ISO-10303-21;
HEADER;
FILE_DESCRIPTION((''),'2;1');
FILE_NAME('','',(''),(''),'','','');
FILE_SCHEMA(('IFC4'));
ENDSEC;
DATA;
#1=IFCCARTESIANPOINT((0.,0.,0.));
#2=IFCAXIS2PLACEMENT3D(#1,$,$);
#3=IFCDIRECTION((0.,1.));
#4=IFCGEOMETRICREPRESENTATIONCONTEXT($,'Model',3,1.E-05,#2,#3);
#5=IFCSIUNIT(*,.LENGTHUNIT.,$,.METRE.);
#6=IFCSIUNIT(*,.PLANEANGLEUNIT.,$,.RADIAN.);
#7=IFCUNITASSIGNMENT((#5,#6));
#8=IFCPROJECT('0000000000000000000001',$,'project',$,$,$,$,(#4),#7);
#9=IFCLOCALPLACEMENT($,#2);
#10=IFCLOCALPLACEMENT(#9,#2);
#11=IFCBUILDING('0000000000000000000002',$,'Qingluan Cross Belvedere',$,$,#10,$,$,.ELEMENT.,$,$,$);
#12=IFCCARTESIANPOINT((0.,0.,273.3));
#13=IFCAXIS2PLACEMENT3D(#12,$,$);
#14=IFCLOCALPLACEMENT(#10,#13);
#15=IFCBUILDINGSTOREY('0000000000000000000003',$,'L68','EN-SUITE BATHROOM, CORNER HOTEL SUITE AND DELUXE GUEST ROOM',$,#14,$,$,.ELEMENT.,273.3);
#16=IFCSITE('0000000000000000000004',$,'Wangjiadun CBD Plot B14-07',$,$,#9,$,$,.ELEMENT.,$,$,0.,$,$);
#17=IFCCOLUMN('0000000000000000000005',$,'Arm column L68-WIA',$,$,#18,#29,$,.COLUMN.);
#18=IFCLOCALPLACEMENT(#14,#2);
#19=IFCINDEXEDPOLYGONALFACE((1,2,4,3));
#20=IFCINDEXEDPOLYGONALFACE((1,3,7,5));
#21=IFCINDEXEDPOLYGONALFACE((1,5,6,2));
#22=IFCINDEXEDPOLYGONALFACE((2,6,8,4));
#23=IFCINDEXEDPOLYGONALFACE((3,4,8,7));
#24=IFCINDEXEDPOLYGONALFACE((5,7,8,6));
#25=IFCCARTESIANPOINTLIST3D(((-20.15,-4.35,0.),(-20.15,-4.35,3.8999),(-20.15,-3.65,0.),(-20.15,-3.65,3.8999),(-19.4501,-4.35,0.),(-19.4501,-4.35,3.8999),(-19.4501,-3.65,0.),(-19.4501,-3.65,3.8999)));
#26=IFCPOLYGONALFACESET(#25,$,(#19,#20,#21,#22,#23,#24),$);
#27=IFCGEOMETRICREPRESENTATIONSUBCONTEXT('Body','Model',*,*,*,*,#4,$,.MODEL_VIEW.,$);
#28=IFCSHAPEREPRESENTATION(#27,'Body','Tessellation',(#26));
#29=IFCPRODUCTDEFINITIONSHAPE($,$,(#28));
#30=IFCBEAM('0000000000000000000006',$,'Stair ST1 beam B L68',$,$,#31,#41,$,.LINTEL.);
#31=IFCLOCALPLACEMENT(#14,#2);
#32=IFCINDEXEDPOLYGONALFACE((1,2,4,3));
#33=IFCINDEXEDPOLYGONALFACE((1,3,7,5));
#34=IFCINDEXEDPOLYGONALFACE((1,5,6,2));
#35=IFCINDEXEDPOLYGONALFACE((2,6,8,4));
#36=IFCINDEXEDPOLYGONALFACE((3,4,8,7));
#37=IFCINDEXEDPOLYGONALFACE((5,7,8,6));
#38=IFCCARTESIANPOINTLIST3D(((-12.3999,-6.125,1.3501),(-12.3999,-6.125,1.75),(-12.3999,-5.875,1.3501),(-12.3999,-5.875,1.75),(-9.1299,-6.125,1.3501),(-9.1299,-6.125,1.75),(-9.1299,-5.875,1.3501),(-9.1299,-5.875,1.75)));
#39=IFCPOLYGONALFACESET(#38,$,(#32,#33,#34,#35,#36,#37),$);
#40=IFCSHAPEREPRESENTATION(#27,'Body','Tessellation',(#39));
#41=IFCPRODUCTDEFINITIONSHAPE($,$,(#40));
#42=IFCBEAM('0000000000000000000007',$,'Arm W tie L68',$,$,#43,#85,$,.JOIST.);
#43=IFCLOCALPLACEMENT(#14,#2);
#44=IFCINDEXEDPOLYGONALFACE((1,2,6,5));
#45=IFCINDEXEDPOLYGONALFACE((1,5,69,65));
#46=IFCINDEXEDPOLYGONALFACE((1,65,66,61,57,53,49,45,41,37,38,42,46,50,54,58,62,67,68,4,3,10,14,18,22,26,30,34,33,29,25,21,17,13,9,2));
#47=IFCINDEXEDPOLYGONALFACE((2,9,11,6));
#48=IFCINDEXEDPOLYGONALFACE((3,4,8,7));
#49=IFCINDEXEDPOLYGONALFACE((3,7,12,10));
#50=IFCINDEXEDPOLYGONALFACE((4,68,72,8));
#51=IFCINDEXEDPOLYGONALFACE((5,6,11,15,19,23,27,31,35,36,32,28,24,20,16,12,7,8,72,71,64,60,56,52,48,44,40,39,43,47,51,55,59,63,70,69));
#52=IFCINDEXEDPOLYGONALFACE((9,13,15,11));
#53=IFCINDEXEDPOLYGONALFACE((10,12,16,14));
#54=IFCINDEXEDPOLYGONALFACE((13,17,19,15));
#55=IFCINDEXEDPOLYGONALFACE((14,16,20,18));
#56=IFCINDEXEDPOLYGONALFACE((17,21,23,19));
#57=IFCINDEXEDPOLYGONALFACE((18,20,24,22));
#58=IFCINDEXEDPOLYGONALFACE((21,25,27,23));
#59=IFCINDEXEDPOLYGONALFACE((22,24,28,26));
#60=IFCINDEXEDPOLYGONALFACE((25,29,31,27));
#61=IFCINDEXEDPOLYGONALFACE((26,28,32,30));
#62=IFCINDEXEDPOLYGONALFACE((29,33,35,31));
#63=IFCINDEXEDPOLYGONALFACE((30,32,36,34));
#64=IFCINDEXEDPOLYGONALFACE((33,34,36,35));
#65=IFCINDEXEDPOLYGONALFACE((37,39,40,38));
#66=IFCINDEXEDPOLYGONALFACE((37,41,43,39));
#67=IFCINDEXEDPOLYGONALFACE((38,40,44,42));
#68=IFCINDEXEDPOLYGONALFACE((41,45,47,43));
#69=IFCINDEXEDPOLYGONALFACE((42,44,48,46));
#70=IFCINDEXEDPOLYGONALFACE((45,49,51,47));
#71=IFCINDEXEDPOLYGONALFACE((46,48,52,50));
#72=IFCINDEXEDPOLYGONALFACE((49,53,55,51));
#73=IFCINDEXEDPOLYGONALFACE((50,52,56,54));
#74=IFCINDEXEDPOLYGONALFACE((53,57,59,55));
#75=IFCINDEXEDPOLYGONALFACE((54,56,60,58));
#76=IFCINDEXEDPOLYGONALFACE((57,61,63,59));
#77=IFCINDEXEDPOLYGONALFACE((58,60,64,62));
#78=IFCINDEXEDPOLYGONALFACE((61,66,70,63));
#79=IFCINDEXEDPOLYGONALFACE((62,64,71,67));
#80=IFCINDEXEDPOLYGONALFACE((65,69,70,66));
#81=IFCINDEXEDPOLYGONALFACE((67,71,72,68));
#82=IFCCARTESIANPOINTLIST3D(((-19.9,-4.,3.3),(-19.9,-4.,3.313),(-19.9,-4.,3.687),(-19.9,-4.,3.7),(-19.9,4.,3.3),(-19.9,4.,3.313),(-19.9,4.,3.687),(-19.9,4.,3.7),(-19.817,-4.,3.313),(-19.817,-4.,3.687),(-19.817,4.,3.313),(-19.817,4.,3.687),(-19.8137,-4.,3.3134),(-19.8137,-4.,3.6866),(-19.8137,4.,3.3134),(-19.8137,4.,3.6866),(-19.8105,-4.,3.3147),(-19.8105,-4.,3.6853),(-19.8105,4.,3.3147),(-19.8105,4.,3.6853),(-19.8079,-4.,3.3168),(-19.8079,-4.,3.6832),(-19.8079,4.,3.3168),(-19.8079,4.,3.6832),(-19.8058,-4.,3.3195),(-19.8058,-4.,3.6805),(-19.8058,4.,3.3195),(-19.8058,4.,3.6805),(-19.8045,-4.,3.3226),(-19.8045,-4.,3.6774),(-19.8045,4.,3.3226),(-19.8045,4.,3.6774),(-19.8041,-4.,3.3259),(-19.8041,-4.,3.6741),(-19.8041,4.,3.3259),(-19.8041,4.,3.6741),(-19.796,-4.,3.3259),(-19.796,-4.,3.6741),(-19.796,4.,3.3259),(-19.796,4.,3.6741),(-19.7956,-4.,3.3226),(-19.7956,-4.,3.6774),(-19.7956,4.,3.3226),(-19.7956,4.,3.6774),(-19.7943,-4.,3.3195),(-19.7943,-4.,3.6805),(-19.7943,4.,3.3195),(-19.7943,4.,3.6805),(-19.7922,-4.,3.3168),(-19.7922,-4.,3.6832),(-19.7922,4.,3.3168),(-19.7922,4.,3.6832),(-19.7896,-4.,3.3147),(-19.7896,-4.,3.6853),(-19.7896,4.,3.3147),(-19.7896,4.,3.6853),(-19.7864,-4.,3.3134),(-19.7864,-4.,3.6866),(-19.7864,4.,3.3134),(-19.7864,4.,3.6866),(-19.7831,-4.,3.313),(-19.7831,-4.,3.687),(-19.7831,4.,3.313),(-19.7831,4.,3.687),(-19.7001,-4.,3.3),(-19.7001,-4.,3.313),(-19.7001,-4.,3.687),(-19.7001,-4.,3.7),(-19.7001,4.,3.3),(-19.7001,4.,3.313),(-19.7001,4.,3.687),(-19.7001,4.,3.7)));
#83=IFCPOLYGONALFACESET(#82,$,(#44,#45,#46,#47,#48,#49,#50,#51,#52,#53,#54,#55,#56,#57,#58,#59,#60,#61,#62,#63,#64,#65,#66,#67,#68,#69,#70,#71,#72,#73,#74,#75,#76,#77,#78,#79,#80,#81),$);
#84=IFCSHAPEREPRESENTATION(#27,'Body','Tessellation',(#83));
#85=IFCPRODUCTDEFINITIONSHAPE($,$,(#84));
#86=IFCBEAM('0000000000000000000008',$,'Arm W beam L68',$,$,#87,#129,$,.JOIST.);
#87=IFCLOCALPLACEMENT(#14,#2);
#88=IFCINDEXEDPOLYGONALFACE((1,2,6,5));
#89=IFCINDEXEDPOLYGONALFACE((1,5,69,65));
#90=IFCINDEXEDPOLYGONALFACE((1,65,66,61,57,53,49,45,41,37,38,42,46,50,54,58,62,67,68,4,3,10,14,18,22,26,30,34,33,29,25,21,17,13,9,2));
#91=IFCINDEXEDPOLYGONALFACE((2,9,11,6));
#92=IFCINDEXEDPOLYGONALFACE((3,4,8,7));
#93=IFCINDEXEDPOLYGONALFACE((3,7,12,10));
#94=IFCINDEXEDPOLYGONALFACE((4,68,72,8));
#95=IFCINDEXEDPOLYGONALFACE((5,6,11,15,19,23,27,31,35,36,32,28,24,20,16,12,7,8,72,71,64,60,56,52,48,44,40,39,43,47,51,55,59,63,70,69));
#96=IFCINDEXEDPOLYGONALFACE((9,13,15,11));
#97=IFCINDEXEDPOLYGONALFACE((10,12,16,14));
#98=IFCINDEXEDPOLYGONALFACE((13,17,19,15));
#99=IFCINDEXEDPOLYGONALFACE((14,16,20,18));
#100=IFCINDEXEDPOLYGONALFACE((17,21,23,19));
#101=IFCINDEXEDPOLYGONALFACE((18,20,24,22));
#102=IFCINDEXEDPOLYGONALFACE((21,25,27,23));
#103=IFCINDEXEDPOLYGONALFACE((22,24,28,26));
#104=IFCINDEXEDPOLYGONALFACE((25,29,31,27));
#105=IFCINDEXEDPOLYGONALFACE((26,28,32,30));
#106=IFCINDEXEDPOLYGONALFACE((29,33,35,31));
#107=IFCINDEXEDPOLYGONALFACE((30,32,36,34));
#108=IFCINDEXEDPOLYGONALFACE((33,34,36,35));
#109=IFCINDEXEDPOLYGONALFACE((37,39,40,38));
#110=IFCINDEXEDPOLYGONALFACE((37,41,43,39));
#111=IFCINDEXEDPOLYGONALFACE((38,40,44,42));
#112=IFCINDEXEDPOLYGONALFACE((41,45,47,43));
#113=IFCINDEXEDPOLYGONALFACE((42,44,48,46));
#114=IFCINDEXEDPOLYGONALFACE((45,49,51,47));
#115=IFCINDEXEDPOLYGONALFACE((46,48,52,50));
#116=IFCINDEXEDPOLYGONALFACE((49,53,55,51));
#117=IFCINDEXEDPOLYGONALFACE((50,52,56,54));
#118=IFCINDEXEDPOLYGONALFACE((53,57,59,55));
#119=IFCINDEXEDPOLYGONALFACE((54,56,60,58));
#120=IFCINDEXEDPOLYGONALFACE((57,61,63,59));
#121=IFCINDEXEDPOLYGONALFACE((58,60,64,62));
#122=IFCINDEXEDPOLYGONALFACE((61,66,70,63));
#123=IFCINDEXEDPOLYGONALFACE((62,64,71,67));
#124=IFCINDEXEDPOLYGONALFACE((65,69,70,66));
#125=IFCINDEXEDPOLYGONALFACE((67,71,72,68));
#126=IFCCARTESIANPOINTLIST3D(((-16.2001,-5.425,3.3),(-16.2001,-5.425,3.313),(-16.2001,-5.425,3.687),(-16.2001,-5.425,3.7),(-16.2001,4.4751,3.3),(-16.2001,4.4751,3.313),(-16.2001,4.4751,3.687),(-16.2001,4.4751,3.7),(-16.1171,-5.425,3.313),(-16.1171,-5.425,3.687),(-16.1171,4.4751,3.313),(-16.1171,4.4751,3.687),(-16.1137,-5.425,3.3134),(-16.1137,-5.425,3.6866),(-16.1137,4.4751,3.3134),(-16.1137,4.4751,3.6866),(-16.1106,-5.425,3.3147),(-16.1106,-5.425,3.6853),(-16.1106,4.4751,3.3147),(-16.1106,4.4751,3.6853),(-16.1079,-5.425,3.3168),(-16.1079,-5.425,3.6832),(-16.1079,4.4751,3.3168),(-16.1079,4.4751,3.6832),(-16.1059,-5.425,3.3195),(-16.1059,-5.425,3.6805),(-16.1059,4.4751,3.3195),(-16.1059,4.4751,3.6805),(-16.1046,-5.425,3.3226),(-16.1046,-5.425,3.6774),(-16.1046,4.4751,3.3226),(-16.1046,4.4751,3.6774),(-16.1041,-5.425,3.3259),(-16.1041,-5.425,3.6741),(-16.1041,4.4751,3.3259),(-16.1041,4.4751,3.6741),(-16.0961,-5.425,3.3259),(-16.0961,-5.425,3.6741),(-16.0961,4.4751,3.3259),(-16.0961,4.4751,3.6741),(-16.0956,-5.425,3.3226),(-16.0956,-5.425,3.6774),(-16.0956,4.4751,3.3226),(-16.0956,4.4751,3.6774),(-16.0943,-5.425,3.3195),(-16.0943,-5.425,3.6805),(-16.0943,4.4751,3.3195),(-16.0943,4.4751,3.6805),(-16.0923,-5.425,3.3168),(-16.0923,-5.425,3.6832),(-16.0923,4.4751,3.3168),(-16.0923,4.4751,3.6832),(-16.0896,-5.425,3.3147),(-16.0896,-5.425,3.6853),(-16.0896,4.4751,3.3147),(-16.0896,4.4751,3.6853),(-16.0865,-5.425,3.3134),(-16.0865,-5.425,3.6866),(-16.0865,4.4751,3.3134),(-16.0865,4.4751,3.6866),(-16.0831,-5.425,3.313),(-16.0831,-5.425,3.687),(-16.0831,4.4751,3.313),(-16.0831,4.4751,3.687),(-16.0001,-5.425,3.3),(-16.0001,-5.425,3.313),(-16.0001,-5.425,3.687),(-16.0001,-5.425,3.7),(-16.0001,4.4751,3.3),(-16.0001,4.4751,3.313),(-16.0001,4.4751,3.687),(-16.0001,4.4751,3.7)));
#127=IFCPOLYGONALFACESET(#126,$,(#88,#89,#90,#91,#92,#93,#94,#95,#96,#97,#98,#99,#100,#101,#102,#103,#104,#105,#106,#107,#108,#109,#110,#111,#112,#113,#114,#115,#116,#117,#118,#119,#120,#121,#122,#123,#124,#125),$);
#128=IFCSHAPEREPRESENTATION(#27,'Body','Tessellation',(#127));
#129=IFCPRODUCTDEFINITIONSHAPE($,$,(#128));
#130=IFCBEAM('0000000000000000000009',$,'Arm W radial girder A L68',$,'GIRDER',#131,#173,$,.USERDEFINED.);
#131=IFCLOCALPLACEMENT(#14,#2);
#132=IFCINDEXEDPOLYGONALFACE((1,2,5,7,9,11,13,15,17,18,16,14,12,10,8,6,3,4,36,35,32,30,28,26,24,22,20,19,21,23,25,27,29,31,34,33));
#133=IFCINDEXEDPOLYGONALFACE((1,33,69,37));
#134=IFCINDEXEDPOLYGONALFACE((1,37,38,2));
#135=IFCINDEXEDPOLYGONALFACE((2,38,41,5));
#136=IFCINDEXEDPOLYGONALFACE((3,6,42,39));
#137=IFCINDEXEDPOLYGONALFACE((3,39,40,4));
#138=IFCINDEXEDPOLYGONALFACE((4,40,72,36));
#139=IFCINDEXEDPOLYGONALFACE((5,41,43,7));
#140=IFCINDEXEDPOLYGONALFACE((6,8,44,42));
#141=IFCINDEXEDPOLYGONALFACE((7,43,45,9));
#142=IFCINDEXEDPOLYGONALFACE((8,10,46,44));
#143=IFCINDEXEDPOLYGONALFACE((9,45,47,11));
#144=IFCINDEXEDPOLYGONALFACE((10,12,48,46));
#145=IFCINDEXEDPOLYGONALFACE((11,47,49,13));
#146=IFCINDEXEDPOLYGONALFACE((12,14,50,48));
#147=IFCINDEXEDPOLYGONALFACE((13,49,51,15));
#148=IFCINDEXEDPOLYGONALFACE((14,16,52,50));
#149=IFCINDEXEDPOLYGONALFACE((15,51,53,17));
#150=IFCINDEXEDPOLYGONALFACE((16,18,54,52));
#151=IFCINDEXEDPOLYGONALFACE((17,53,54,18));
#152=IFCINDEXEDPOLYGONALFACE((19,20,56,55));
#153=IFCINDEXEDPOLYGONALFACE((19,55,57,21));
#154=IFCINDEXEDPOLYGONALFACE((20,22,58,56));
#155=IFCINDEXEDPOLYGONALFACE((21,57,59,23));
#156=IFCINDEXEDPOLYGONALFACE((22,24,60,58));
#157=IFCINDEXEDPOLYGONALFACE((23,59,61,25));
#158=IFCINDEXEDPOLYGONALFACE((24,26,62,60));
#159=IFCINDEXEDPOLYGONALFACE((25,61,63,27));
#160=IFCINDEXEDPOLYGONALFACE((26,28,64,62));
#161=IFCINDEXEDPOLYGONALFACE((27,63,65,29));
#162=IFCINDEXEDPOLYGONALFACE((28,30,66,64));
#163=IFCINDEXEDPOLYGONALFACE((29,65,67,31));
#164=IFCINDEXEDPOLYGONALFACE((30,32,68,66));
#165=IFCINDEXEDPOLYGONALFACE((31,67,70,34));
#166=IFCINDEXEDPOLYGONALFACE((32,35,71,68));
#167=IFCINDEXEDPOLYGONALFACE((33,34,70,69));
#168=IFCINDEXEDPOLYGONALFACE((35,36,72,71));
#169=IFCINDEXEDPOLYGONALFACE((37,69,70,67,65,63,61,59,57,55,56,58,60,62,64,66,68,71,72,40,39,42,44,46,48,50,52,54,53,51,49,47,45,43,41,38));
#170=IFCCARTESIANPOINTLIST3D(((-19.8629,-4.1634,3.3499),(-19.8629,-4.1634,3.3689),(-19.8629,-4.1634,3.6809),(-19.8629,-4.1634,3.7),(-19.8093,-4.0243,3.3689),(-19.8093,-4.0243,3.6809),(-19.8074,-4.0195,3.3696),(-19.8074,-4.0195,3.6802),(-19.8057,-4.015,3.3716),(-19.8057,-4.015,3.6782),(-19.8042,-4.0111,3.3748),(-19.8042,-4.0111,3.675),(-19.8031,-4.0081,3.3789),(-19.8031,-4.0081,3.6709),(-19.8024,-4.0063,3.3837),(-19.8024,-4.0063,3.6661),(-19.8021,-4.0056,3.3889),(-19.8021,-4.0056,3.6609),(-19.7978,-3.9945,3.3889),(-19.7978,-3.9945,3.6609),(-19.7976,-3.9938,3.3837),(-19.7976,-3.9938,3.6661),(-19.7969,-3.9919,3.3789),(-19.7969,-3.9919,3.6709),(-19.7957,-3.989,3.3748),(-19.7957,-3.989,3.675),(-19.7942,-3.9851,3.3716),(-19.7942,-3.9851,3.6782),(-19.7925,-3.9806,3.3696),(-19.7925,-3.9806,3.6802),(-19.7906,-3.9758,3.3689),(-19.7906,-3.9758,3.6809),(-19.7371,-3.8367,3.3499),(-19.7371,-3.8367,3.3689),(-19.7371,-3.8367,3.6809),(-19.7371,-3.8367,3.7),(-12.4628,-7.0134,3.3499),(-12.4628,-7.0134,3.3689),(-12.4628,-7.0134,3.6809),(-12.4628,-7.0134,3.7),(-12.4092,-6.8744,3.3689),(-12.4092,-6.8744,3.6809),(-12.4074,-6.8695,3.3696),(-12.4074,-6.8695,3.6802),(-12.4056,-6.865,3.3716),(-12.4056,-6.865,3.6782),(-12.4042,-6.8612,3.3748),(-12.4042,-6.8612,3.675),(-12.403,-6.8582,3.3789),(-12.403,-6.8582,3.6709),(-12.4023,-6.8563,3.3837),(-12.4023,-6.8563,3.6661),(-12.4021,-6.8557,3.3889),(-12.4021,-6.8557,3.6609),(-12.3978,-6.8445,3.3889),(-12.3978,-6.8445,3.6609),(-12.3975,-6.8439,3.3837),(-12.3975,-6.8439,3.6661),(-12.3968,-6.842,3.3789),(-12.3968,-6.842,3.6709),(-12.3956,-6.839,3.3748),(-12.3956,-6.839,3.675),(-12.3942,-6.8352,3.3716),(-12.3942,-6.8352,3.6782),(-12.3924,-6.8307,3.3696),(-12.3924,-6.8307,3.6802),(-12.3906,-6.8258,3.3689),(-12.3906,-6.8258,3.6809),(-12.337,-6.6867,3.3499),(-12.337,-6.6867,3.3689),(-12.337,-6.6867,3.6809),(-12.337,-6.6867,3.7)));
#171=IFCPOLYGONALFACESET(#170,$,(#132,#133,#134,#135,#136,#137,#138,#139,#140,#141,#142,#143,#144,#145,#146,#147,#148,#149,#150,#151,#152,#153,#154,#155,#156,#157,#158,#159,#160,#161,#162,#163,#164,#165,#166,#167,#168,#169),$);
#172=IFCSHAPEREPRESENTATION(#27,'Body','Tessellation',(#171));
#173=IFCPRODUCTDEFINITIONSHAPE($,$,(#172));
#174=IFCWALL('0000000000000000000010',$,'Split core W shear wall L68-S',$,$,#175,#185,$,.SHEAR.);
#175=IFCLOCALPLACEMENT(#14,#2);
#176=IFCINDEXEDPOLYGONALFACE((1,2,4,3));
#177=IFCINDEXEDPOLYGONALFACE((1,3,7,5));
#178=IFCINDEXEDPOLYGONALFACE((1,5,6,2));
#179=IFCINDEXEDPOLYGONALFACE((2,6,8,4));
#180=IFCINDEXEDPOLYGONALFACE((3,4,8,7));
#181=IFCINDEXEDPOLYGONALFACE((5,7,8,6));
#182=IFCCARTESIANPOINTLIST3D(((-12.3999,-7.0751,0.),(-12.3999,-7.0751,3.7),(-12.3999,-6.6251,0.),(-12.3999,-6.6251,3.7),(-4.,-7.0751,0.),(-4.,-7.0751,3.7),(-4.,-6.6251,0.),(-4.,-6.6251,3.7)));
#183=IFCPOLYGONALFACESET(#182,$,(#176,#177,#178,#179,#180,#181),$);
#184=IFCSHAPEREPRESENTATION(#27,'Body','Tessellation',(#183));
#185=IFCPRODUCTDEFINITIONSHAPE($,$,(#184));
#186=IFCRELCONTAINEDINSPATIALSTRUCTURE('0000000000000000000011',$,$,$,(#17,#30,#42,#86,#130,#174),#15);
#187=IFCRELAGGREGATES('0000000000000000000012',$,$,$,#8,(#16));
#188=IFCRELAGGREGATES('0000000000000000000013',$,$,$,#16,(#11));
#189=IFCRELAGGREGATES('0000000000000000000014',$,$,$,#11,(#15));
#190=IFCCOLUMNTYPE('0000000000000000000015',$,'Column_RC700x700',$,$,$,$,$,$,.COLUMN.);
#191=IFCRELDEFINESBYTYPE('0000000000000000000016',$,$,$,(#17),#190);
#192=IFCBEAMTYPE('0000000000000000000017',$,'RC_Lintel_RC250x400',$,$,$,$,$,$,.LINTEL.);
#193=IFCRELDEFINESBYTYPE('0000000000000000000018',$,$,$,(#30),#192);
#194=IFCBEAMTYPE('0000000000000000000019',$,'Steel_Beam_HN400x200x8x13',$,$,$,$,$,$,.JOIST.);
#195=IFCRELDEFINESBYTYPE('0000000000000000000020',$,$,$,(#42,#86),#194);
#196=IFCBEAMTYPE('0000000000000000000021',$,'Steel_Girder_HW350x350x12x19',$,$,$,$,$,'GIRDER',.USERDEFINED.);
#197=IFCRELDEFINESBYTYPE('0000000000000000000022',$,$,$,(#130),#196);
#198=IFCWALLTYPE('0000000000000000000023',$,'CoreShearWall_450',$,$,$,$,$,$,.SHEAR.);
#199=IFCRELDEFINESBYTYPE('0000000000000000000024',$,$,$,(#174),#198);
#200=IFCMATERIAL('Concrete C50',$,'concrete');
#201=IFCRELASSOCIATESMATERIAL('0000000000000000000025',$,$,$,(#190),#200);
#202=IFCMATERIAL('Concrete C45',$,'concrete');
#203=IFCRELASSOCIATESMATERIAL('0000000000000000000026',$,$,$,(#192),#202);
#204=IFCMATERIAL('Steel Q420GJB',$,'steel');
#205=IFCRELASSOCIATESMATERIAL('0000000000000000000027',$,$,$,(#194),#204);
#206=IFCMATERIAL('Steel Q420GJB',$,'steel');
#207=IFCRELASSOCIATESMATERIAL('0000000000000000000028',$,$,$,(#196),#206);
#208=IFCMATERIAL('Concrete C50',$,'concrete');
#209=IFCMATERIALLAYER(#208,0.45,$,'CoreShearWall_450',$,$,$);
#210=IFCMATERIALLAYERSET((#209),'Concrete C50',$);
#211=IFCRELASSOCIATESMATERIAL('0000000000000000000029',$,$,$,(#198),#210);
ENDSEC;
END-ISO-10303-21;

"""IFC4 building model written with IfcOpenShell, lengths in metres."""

from ifc_helpers import new_model, si_unit, direction, frame, frame_2d, origin, origin_2d, place, context, subcontext, project, spatial, rectangle, i_section, extrude, material, layer, layer_set, material_profile, profile_set, type_object, element, save


model = new_model("IFC4")

# Units and contexts
model_context = context("Model", 3, precision=1e-05, world=origin(), true_north=direction((0.0, 1.0)))
body_context = subcontext(model_context, "Body", "Model", "MODEL_VIEW")
ifc_project = project(units=[si_unit("LENGTHUNIT", "METRE"), si_unit("PLANEANGLEUNIT", "RADIAN")], contexts=[model_context])

# Site, building, storey
site_placement = place(None, origin())
site = spatial("IfcSite", under=ifc_project, at=site_placement, Name="Wangjiadun CBD Plot B14-07", CompositionType="ELEMENT", RefElevation=0.0)
building_placement = place(site_placement, origin())
building = spatial("IfcBuilding", under=site, at=building_placement, Name="Qingluan Cross Belvedere", CompositionType="ELEMENT")
storey_placement = place(building_placement, frame((0.0, 0.0, 273.3)))
storey = spatial("IfcBuildingStorey", under=building, at=storey_placement, Name="L68", Description="EN-SUITE BATHROOM, CORNER HOTEL SUITE AND DELUXE GUEST ROOM", CompositionType="ELEMENT", Elevation=273.3)

# Column
ifc_material_1 = material(Name="Concrete C50", Category="concrete")
ifc_material_profile_1 = material_profile(ifc_material_1, rectangle(XDim=0.7, YDim=0.7, at=origin_2d()), Name="RC700x700")
ifc_profile_set_1 = profile_set([ifc_material_profile_1], Name="Concrete C50")
column_type = type_object("IfcColumnType", Name="Column_RC700x700", PredefinedType="COLUMN", material=ifc_profile_set_1)
column_placement = place(storey_placement, frame((-19.8, -4.0, 0.0), z_axis=(0.0, 0.0, 1.0), x_axis=(1.0, 0.0, 0.0)))
element("IfcColumn", 1, at=column_placement, inside=storey, type_object=column_type, Name="Arm column L68-WIA", PredefinedType="COLUMN", context=body_context, shape_type="SweptSolid", body=[
    extrude(rectangle(XDim=0.7, YDim=0.7, at=origin_2d()), origin(), (0.0, 0.0, 1.0), 3.8999),
])

# Beams
ifc_material_2 = material(Name="Concrete C45", Category="concrete")
ifc_material_profile_2 = material_profile(ifc_material_2, rectangle(XDim=0.25, YDim=0.3999, at=origin_2d()), Name="RC250x400")
ifc_profile_set_2 = profile_set([ifc_material_profile_2], Name="Concrete C45")
beam_type_1 = type_object("IfcBeamType", Name="RC_Lintel_RC250x400", PredefinedType="LINTEL", material=ifc_profile_set_2)
beam_1_placement = place(storey_placement, frame((-12.3999, -6.0, 1.55), z_axis=(1.0, 0.0, 0.0), x_axis=(0.0, 1.0, 0.0)))
element("IfcBeam", 2, at=beam_1_placement, inside=storey, type_object=beam_type_1, Name="Stair ST1 beam B L68", PredefinedType="LINTEL", context=body_context, shape_type="SweptSolid", body=[
    extrude(rectangle(XDim=0.25, YDim=0.3999, at=origin_2d()), origin(), (0.0, 0.0, 1.0), 3.27),
])
ifc_material_3 = material(Name="Steel Q420GJB", Category="steel")
ifc_material_profile_3 = material_profile(ifc_material_3, i_section(OverallWidth=0.2, OverallDepth=0.3999, WebThickness=0.0081, FlangeThickness=0.0129, FilletRadius=0.0129, at=origin_2d()), Name="HN400x200x8x13")
ifc_profile_set_3 = profile_set([ifc_material_profile_3], Name="Steel Q420GJB")
beam_type_2 = type_object("IfcBeamType", Name="Steel_Beam_HN400x200x8x13", PredefinedType="JOIST", material=ifc_profile_set_3)
beam_2_placement = place(storey_placement, frame((-19.8, -4.0, 3.5), z_axis=(0.0, 1.0, 0.0), x_axis=(-1.0, 0.0, 0.0)))
element("IfcBeam", 3, at=beam_2_placement, inside=storey, type_object=beam_type_2, Name="Arm W tie L68", PredefinedType="JOIST", context=body_context, shape_type="SweptSolid", body=[
    extrude(i_section(OverallWidth=0.2, OverallDepth=0.3999, WebThickness=0.0081, FlangeThickness=0.0129, FilletRadius=0.0129, at=origin_2d()), origin(), (0.0, 0.0, 1.0), 8.0),
])
beam_3_placement = place(storey_placement, frame((-16.1001, -5.425, 3.5), z_axis=(0.0, 1.0, 0.0), x_axis=(-1.0, 0.0, 0.0)))
element("IfcBeam", 4, at=beam_3_placement, inside=storey, type_object=beam_type_2, Name="Arm W beam L68", PredefinedType="JOIST", context=body_context, shape_type="SweptSolid", body=[
    extrude(i_section(OverallWidth=0.2, OverallDepth=0.3999, WebThickness=0.0081, FlangeThickness=0.0129, FilletRadius=0.0129, at=origin_2d()), origin(), (0.0, 0.0, 1.0), 9.9001),
])
ifc_material_4 = material(Name="Steel Q420GJB", Category="steel")
ifc_material_profile_4 = material_profile(ifc_material_4, i_section(OverallWidth=0.3501, OverallDepth=0.3501, WebThickness=0.012, FlangeThickness=0.019, FilletRadius=0.02, at=origin_2d()), Name="HW350x350x12x19")
ifc_profile_set_4 = profile_set([ifc_material_profile_4], Name="Steel Q420GJB")
beam_type_3 = type_object("IfcBeamType", Name="Steel_Girder_HW350x350x12x19", ElementType="GIRDER", PredefinedType="USERDEFINED", material=ifc_profile_set_4)
beam_4_placement = place(storey_placement, frame((-12.3999, -6.8501, 3.5249), z_axis=(-0.933181, 0.359406, 0.0), x_axis=(-0.359406, -0.933181, 0.0)))
element("IfcBeam", 5, at=beam_4_placement, inside=storey, type_object=beam_type_3, Name="Arm W radial girder A L68", ObjectType="GIRDER", PredefinedType="USERDEFINED", context=body_context, shape_type="SweptSolid", body=[
    extrude(i_section(OverallWidth=0.3501, OverallDepth=0.3501, WebThickness=0.012, FlangeThickness=0.019, FilletRadius=0.02, at=origin_2d()), origin(), (0.0, 0.0, 1.0), 7.9299),
])

# Wall
ifc_material_5 = material(Name="Concrete C50", Category="concrete")
ifc_layer_1 = layer(ifc_material_5, 0.45, Name="CoreShearWall_450")
ifc_layer_set_1 = layer_set([ifc_layer_1], Name="Concrete C50")
wall_type_1 = type_object("IfcWallType", Name="CoreShearWall_450", PredefinedType="SHEAR", material=ifc_layer_set_1)
wall_1_placement = place(storey_placement, frame((-12.3999, -6.8501, 0.0), z_axis=(0.0, 0.0, 1.0), x_axis=(1.0, 0.0, 0.0)))
element("IfcWall", 6, at=wall_1_placement, inside=storey, type_object=wall_type_1, Name="Split core W shear wall L68-S", PredefinedType="SHEAR", context=body_context, shape_type="SweptSolid", body=[
    extrude(rectangle(XDim=8.3999, YDim=0.45, at=frame_2d((4.2, 0.0))), origin(), (0.0, 0.0, 1.0), 3.7),
])

save(model, "model.ifc")
